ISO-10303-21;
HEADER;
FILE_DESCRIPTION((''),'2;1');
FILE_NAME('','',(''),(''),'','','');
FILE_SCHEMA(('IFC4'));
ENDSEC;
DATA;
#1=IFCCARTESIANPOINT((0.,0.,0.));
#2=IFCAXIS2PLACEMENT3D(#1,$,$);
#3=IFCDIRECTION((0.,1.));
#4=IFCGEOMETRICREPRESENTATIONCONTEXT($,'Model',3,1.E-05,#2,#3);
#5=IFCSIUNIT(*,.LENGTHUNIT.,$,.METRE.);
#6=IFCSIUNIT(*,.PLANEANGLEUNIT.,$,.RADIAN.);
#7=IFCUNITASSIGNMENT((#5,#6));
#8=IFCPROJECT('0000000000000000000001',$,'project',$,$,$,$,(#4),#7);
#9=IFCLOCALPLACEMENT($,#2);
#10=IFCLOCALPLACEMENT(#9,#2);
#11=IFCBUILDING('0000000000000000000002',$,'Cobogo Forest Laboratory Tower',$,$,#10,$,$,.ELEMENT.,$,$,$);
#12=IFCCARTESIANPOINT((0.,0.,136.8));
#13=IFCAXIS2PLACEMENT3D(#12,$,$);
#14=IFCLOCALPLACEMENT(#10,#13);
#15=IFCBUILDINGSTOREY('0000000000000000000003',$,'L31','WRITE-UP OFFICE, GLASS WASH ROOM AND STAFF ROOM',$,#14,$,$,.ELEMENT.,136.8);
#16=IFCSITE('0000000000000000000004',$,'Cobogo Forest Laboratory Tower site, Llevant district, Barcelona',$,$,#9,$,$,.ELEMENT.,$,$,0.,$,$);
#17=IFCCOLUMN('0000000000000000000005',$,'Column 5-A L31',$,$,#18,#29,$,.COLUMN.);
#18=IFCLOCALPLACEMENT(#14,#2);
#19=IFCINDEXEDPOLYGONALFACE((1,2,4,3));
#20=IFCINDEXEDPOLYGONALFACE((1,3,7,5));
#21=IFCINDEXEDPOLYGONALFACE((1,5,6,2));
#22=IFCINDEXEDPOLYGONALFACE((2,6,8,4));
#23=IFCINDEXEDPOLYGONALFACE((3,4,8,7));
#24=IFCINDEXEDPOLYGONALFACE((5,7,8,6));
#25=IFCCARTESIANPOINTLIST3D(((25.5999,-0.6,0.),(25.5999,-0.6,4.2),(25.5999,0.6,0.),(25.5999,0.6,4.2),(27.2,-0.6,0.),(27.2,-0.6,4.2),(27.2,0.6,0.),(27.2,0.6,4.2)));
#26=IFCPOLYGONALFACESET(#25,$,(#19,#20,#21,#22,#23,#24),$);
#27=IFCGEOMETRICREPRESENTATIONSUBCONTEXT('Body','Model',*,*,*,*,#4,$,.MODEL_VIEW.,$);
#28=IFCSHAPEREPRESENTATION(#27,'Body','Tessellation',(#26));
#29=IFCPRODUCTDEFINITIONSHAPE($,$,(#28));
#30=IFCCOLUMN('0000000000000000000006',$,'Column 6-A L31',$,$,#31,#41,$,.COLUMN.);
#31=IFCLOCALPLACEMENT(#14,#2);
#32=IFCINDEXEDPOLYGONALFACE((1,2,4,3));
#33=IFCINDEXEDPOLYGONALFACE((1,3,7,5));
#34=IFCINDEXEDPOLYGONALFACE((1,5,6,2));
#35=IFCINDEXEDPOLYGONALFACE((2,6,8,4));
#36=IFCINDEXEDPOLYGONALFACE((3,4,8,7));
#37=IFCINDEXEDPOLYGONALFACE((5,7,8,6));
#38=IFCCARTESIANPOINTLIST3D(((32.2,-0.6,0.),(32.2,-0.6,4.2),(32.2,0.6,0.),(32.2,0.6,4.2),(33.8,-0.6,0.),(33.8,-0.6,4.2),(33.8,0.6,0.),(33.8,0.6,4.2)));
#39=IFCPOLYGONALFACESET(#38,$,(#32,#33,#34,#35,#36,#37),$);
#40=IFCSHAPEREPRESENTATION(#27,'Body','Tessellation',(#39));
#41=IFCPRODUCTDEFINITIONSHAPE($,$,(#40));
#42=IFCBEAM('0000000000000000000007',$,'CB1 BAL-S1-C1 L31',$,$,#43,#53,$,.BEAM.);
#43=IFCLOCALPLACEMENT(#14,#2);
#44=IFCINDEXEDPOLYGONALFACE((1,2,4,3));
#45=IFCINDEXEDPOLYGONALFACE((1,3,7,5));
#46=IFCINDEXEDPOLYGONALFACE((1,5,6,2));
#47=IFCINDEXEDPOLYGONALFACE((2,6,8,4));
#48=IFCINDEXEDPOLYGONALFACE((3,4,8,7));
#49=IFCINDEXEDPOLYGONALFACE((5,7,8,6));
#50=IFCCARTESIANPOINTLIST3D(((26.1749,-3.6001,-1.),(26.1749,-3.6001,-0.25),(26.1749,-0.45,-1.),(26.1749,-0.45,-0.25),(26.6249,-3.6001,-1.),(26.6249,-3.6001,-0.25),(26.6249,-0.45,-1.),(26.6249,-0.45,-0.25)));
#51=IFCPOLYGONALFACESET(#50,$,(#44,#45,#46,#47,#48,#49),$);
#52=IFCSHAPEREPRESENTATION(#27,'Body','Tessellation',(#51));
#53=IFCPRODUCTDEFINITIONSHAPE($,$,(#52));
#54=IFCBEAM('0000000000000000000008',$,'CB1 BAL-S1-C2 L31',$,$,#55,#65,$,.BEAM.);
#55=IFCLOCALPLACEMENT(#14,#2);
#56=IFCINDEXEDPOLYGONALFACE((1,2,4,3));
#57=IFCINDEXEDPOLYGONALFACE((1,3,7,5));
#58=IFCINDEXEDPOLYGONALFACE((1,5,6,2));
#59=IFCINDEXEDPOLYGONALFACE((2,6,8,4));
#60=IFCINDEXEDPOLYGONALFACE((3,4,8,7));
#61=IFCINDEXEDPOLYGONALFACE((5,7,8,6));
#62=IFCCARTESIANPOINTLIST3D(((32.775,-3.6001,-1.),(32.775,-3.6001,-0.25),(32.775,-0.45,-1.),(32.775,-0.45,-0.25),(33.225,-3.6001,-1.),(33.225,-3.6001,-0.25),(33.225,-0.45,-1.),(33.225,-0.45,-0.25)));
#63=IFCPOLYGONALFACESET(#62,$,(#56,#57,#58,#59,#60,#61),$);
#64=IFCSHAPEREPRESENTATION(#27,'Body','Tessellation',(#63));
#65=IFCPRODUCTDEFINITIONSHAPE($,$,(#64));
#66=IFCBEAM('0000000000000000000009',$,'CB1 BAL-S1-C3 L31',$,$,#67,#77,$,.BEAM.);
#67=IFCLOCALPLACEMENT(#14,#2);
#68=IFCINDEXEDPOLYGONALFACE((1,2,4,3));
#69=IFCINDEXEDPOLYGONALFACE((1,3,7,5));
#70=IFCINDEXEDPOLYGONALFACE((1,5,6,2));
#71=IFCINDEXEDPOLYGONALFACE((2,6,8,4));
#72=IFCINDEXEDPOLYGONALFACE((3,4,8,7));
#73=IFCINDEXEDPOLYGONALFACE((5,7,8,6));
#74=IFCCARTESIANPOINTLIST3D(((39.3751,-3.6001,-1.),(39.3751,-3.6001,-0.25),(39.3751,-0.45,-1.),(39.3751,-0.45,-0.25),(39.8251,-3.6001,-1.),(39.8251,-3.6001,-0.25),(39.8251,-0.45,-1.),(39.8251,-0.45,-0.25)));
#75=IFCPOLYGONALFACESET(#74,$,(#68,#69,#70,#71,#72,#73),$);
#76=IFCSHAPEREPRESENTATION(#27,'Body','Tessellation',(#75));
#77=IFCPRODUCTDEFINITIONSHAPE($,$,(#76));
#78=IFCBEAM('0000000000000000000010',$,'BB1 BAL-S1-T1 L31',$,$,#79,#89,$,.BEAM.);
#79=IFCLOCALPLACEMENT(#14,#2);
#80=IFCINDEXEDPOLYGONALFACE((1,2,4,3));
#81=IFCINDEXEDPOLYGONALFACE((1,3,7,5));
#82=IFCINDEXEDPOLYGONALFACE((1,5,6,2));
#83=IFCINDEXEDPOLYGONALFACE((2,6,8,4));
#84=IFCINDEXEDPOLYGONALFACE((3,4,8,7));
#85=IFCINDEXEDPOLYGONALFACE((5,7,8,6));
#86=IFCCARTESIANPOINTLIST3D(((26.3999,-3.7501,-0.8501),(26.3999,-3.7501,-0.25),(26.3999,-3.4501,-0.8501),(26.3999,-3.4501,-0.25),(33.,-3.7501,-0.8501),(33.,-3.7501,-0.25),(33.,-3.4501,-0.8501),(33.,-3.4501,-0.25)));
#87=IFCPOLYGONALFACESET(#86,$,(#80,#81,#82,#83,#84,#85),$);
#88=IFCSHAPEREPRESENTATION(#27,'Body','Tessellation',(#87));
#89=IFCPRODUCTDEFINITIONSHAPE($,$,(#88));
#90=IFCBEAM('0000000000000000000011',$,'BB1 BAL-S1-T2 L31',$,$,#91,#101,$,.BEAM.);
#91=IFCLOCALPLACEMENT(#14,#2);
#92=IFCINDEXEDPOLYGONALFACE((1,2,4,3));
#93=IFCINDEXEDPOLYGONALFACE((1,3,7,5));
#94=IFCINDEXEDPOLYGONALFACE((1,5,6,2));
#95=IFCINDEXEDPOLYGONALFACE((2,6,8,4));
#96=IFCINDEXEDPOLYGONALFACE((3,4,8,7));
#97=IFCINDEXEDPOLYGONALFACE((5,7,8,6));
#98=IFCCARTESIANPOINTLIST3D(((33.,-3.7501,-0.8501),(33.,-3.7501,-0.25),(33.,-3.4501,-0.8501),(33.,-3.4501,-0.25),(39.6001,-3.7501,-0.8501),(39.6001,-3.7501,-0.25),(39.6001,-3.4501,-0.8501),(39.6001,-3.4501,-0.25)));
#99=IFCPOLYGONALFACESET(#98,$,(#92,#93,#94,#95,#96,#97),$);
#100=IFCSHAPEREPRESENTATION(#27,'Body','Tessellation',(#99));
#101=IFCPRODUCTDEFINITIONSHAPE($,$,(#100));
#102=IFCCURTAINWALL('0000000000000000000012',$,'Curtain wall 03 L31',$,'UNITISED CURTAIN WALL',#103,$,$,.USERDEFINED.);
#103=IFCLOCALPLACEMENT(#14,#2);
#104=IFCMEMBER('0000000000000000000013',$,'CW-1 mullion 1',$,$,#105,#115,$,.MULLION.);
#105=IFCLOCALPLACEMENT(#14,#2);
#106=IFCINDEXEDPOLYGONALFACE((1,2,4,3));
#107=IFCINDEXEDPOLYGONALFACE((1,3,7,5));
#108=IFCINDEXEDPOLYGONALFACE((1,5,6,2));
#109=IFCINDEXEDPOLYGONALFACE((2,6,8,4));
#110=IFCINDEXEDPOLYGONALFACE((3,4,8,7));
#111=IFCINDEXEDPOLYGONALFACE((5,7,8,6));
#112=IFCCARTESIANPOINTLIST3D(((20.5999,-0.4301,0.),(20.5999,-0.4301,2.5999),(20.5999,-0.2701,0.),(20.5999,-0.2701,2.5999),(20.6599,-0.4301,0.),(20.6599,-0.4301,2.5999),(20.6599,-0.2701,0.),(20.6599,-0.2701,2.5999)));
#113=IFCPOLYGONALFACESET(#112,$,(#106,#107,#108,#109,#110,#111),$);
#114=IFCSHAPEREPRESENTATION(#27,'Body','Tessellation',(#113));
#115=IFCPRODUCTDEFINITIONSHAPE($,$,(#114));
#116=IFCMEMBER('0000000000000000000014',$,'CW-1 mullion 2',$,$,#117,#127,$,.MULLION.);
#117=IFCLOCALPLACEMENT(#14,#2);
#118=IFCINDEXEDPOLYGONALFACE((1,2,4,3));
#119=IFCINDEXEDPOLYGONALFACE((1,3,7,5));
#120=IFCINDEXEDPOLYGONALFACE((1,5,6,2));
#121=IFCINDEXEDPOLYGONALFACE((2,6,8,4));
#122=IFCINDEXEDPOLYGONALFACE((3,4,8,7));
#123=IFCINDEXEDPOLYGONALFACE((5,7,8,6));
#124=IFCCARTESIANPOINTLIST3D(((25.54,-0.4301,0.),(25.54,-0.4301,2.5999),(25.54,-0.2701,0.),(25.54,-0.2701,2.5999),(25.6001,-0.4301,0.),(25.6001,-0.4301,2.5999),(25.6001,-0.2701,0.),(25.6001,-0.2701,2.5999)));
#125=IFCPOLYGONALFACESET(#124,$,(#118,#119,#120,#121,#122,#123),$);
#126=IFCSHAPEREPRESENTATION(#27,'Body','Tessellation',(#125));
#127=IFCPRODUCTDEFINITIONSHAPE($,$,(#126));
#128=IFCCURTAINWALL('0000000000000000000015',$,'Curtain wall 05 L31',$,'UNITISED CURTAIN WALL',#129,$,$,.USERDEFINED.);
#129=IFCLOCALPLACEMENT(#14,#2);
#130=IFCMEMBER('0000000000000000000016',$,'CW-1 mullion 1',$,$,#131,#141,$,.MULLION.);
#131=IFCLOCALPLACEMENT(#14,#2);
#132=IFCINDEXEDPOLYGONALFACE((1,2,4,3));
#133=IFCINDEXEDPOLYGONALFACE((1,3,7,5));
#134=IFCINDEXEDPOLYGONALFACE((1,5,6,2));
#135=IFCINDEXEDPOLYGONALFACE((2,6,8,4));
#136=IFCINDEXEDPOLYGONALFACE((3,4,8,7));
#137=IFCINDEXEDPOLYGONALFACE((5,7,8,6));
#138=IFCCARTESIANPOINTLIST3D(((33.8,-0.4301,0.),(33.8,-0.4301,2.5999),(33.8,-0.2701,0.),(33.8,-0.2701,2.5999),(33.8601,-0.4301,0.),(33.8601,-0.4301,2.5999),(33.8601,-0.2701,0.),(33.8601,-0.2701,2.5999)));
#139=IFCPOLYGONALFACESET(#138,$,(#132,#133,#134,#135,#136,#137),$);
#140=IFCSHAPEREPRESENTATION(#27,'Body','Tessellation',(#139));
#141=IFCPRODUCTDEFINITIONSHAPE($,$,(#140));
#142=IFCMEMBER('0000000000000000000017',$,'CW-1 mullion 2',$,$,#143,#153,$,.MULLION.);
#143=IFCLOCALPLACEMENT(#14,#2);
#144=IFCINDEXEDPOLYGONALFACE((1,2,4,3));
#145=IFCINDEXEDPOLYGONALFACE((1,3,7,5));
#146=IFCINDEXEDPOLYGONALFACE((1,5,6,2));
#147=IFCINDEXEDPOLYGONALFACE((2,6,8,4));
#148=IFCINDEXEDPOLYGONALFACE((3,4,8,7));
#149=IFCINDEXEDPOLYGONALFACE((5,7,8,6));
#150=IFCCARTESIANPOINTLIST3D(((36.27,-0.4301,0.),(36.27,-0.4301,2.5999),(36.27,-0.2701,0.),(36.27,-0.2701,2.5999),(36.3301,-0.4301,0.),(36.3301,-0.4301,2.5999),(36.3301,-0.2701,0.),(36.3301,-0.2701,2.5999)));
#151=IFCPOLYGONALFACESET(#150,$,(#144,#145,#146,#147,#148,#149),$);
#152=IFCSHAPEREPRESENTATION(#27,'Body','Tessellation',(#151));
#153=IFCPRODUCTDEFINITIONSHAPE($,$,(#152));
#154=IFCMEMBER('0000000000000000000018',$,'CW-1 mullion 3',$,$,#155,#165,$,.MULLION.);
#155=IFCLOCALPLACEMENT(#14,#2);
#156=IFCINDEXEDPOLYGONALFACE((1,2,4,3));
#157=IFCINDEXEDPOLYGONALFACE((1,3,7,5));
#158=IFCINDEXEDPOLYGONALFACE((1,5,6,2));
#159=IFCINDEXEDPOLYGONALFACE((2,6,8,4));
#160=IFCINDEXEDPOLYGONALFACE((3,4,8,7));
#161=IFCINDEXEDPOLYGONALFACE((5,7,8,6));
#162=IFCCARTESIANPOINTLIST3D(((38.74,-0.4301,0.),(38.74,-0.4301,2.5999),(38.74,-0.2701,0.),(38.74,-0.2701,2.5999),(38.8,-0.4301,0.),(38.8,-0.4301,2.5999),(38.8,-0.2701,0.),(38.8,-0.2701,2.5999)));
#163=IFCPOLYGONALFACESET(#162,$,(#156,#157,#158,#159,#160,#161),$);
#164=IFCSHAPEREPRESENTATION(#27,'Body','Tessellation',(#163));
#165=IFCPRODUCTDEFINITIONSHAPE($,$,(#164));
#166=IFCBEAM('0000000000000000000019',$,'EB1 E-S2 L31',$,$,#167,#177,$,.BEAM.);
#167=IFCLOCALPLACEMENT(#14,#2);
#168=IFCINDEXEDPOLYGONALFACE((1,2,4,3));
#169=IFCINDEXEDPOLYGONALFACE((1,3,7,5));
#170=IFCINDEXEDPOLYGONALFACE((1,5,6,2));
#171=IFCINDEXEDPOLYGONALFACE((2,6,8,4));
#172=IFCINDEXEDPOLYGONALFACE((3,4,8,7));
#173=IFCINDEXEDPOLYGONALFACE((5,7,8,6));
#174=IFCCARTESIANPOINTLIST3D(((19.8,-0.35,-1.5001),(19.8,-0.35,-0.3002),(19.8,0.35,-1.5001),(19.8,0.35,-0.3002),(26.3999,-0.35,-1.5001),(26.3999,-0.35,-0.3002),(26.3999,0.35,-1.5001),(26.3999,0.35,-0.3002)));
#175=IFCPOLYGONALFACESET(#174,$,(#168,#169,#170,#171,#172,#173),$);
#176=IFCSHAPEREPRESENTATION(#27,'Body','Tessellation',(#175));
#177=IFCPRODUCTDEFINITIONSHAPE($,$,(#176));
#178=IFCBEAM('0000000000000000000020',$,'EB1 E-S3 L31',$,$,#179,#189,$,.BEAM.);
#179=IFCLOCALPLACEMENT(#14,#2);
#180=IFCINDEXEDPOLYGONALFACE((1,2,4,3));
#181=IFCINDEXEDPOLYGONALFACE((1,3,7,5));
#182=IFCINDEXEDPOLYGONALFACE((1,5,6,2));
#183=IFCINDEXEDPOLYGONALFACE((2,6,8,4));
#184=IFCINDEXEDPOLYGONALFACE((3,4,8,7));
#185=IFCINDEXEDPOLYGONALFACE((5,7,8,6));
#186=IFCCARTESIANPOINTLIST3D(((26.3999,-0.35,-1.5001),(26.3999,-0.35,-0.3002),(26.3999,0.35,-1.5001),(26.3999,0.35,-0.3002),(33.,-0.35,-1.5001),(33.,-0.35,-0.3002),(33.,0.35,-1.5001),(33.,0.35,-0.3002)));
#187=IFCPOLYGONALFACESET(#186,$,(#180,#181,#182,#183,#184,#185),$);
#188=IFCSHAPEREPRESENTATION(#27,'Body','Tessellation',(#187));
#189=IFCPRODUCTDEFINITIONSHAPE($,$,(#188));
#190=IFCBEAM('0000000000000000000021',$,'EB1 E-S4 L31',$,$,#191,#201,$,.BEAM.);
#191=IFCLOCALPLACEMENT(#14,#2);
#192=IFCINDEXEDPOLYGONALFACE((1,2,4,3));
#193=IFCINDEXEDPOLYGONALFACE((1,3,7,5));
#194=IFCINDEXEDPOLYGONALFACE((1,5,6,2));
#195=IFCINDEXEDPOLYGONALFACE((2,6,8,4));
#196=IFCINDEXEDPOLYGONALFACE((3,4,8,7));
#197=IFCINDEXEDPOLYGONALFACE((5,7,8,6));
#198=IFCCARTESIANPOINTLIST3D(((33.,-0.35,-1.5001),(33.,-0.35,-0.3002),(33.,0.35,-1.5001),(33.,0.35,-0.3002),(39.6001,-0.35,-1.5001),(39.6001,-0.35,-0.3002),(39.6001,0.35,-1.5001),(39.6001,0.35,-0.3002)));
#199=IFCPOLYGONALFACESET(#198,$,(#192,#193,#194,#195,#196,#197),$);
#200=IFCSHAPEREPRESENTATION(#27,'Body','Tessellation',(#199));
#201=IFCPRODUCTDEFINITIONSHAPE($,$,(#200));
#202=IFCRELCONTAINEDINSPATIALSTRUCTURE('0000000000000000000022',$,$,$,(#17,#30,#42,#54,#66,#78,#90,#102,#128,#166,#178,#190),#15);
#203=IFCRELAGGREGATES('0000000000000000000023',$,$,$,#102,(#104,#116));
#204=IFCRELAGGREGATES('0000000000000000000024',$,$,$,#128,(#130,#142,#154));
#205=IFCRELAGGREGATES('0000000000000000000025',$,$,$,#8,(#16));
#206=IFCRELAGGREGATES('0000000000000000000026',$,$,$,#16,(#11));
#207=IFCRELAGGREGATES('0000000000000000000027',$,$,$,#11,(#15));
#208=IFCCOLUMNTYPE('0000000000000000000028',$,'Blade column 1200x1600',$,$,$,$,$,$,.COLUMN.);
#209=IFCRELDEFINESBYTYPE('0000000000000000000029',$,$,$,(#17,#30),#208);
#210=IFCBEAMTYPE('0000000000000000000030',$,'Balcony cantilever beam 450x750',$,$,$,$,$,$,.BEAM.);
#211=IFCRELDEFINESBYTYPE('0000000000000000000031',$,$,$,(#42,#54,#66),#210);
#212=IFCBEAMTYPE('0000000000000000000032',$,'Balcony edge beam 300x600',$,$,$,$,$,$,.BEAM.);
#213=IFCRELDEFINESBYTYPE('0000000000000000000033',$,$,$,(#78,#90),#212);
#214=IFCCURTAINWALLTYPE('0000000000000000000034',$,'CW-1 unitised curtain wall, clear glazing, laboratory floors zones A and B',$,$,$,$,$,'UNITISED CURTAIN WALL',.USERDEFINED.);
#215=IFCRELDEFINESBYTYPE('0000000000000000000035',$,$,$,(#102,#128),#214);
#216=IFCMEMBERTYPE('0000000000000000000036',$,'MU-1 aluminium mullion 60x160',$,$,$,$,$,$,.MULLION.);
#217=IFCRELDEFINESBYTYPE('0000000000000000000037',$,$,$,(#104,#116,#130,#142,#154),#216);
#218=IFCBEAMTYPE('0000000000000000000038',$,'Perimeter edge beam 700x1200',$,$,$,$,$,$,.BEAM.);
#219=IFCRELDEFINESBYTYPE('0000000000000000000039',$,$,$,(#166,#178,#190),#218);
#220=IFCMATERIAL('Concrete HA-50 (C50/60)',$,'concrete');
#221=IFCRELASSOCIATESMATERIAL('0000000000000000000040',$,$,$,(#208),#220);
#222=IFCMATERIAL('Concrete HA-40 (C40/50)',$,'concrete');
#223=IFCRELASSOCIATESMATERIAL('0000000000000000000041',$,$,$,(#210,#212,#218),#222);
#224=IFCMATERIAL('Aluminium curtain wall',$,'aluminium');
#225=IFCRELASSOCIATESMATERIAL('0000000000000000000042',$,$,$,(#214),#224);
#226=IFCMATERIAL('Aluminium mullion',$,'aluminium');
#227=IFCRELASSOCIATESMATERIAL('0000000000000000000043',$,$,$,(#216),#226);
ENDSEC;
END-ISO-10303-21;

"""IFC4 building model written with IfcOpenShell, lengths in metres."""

from ifc_helpers import new_model, si_unit, direction, frame, origin, origin_2d, place, context, subcontext, project, spatial, rectangle, extrude, material, material_profile, profile_set, type_object, element, aggregate, save


model = new_model("IFC4")

# Units and contexts
model_context = context("Model", 3, precision=1e-05, world=origin(), true_north=direction((0.0, 1.0)))
body_context = subcontext(model_context, "Body", "Model", "MODEL_VIEW")
ifc_project = project(units=[si_unit("LENGTHUNIT", "METRE"), si_unit("PLANEANGLEUNIT", "RADIAN")], contexts=[model_context])

# Site, building, storey
site_placement = place(None, origin())
site = spatial("IfcSite", under=ifc_project, at=site_placement, Name="Cobogo Forest Laboratory Tower site, Llevant district, Barcelona", CompositionType="ELEMENT", RefElevation=0.0)
building_placement = place(site_placement, origin())
building = spatial("IfcBuilding", under=site, at=building_placement, Name="Cobogo Forest Laboratory Tower", CompositionType="ELEMENT")
storey_placement = place(building_placement, frame((0.0, 0.0, 136.8)))
storey = spatial("IfcBuildingStorey", under=building, at=storey_placement, Name="L31", Description="WRITE-UP OFFICE, GLASS WASH ROOM AND STAFF ROOM", CompositionType="ELEMENT", Elevation=136.8)

# Columns
ifc_material_1 = material(Name="Concrete HA-50 (C50/60)", Category="concrete")
ifc_material_profile_1 = material_profile(ifc_material_1, rectangle(XDim=1.6001, YDim=1.2, at=origin_2d()), Name="RC 1200x1600")
ifc_profile_set_1 = profile_set([ifc_material_profile_1], Name="Concrete HA-50 (C50/60)")
column_type = type_object("IfcColumnType", Name="Blade column 1200x1600", PredefinedType="COLUMN", material=ifc_profile_set_1)
for number, where, z_axis, x_axis, name in (
    (1, (26.3999, 0.0, 0.0), (0.0, 0.0, 1.0), (1.0, 0.0, 0.0), "Column 5-A L31"),
    (2, (33.0, 0.0, 0.0), (0.0, 0.0, 1.0), (1.0, 0.0, 0.0), "Column 6-A L31"),
):
    element("IfcColumn", number, at=place(storey_placement, frame(where, z_axis=z_axis, x_axis=x_axis)), inside=storey, type_object=column_type, Name=name, PredefinedType="COLUMN", context=body_context, shape_type="SweptSolid", body=[
        extrude(rectangle(XDim=1.6001, YDim=1.2, at=origin_2d()), origin(), (0.0, 0.0, 1.0), 4.2),
    ])

# Beams
ifc_material_2 = material(Name="Concrete HA-40 (C40/50)", Category="concrete")
ifc_material_profile_2 = material_profile(ifc_material_2, rectangle(XDim=0.45, YDim=0.75, at=origin_2d()), Name="RC 450x750")
ifc_profile_set_2 = profile_set([ifc_material_profile_2], Name="Concrete HA-40 (C40/50)")
beam_type_1 = type_object("IfcBeamType", Name="Balcony cantilever beam 450x750", PredefinedType="BEAM", material=ifc_profile_set_2)
for number, where, z_axis, x_axis, name in (
    (3, (26.3999, -0.45, -0.625), (0.0, -1.0, 0.0), (1.0, 0.0, 0.0), "CB1 BAL-S1-C1 L31"),
    (4, (33.0, -0.45, -0.625), (0.0, -1.0, 0.0), (1.0, 0.0, 0.0), "CB1 BAL-S1-C2 L31"),
    (5, (39.6001, -0.45, -0.625), (0.0, -1.0, 0.0), (1.0, 0.0, 0.0), "CB1 BAL-S1-C3 L31"),
):
    element("IfcBeam", number, at=place(storey_placement, frame(where, z_axis=z_axis, x_axis=x_axis)), inside=storey, type_object=beam_type_1, Name=name, PredefinedType="BEAM", context=body_context, shape_type="SweptSolid", body=[
        extrude(rectangle(XDim=0.45, YDim=0.75, at=origin_2d()), origin(), (0.0, 0.0, 1.0), 3.1501),
    ])
ifc_material_profile_3 = material_profile(ifc_material_2, rectangle(XDim=0.3, YDim=0.6001, at=origin_2d()), Name="RC 300x600")
ifc_profile_set_3 = profile_set([ifc_material_profile_3], Name="Concrete HA-40 (C40/50)")
beam_type_2 = type_object("IfcBeamType", Name="Balcony edge beam 300x600", PredefinedType="BEAM", material=ifc_profile_set_3)
for number, where, z_axis, x_axis, name in (
    (6, (26.3999, -3.6001, -0.55), (1.0, 0.0, 0.0), (0.0, 1.0, 0.0), "BB1 BAL-S1-T1 L31"),
    (7, (33.0, -3.6001, -0.55), (1.0, 0.0, 0.0), (0.0, 1.0, 0.0), "BB1 BAL-S1-T2 L31"),
):
    element("IfcBeam", number, at=place(storey_placement, frame(where, z_axis=z_axis, x_axis=x_axis)), inside=storey, type_object=beam_type_2, Name=name, PredefinedType="BEAM", context=body_context, shape_type="SweptSolid", body=[
        extrude(rectangle(XDim=0.3, YDim=0.6001, at=origin_2d()), origin(), (0.0, 0.0, 1.0), 6.6001),
    ])

# Curtain walls, members
ifc_material_3 = material(Name="Aluminium curtain wall", Category="aluminium")
curtain_wall_type = type_object("IfcCurtainWallType", Name="CW-1 unitised curtain wall, clear glazing, laboratory floors zones A and B", ElementType="UNITISED CURTAIN WALL", PredefinedType="USERDEFINED", material=ifc_material_3)
curtain_wall_1_placement = place(storey_placement, origin())
curtain_wall_1 = element("IfcCurtainWall", 8, at=curtain_wall_1_placement, inside=storey, type_object=curtain_wall_type, Name="Curtain wall 03 L31", ObjectType="UNITISED CURTAIN WALL", PredefinedType="USERDEFINED")
ifc_material_4 = material(Name="Aluminium mullion", Category="aluminium")
ifc_material_profile_4 = material_profile(ifc_material_4, rectangle(XDim=0.0601, YDim=0.1599, at=origin_2d()), Name="AL 60x160")
ifc_profile_set_4 = profile_set([ifc_material_profile_4], Name="Aluminium mullion")
member_type_1 = type_object("IfcMemberType", Name="MU-1 aluminium mullion 60x160", PredefinedType="MULLION", material=ifc_profile_set_4)
member_1_placement = place(storey_placement, frame((20.6299, -0.3501, 0.0), z_axis=(0.0, 0.0, 1.0), x_axis=(1.0, 0.0, 0.0)))
member_1 = element("IfcMember", 9, at=member_1_placement, type_object=member_type_1, Name="CW-1 mullion 1", PredefinedType="MULLION", context=body_context, shape_type="SweptSolid", body=[
    extrude(rectangle(XDim=0.0601, YDim=0.1599, at=origin_2d()), origin(), (0.0, 0.0, 1.0), 2.5999),
])
member_2_placement = place(storey_placement, frame((25.5701, -0.3501, 0.0), z_axis=(0.0, 0.0, 1.0), x_axis=(1.0, 0.0, 0.0)))
member_2 = element("IfcMember", 10, at=member_2_placement, type_object=member_type_1, Name="CW-1 mullion 2", PredefinedType="MULLION", context=body_context, shape_type="SweptSolid", body=[
    extrude(rectangle(XDim=0.0601, YDim=0.1599, at=origin_2d()), origin(), (0.0, 0.0, 1.0), 2.5999),
])
curtain_wall_2_placement = place(storey_placement, origin())
curtain_wall_2 = element("IfcCurtainWall", 11, at=curtain_wall_2_placement, inside=storey, type_object=curtain_wall_type, Name="Curtain wall 05 L31", ObjectType="UNITISED CURTAIN WALL", PredefinedType="USERDEFINED")
member_3_placement = place(storey_placement, frame((33.8301, -0.3501, 0.0), z_axis=(0.0, 0.0, 1.0), x_axis=(1.0, 0.0, 0.0)))
member_3 = element("IfcMember", 12, at=member_3_placement, type_object=member_type_1, Name="CW-1 mullion 1", PredefinedType="MULLION", context=body_context, shape_type="SweptSolid", body=[
    extrude(rectangle(XDim=0.0601, YDim=0.1599, at=origin_2d()), origin(), (0.0, 0.0, 1.0), 2.5999),
])
member_4_placement = place(storey_placement, frame((36.3, -0.3501, 0.0), z_axis=(0.0, 0.0, 1.0), x_axis=(1.0, 0.0, 0.0)))
member_4 = element("IfcMember", 13, at=member_4_placement, type_object=member_type_1, Name="CW-1 mullion 2", PredefinedType="MULLION", context=body_context, shape_type="SweptSolid", body=[
    extrude(rectangle(XDim=0.0601, YDim=0.1599, at=origin_2d()), origin(), (0.0, 0.0, 1.0), 2.5999),
])
member_5_placement = place(storey_placement, frame((38.77, -0.3501, 0.0), z_axis=(0.0, 0.0, 1.0), x_axis=(1.0, 0.0, 0.0)))
member_5 = element("IfcMember", 14, at=member_5_placement, type_object=member_type_1, Name="CW-1 mullion 3", PredefinedType="MULLION", context=body_context, shape_type="SweptSolid", body=[
    extrude(rectangle(XDim=0.0601, YDim=0.1599, at=origin_2d()), origin(), (0.0, 0.0, 1.0), 2.5999),
])

# Beams
ifc_material_profile_5 = material_profile(ifc_material_2, rectangle(XDim=0.7, YDim=1.2, at=origin_2d()), Name="RC 700x1200")
ifc_profile_set_5 = profile_set([ifc_material_profile_5], Name="Concrete HA-40 (C40/50)")
beam_type_3 = type_object("IfcBeamType", Name="Perimeter edge beam 700x1200", PredefinedType="BEAM", material=ifc_profile_set_5)
beam_placement = place(storey_placement, frame((19.8, 0.0, -0.9001), z_axis=(1.0, 0.0, 0.0), x_axis=(0.0, 1.0, 0.0)))
element("IfcBeam", 15, at=beam_placement, inside=storey, type_object=beam_type_3, Name="EB1 E-S2 L31", PredefinedType="BEAM", context=body_context, shape_type="SweptSolid", body=[
    extrude(rectangle(XDim=0.7, YDim=1.2, at=origin_2d()), origin(), (0.0, 0.0, 1.0), 6.5999),
])
for number, where, z_axis, x_axis, name in (
    (16, (26.3999, 0.0, -0.9001), (1.0, 0.0, 0.0), (0.0, 1.0, 0.0), "EB1 E-S3 L31"),
    (17, (33.0, 0.0, -0.9001), (1.0, 0.0, 0.0), (0.0, 1.0, 0.0), "EB1 E-S4 L31"),
):
    element("IfcBeam", number, at=place(storey_placement, frame(where, z_axis=z_axis, x_axis=x_axis)), inside=storey, type_object=beam_type_3, Name=name, PredefinedType="BEAM", context=body_context, shape_type="SweptSolid", body=[
        extrude(rectangle(XDim=0.7, YDim=1.2, at=origin_2d()), origin(), (0.0, 0.0, 1.0), 6.6001),
    ])

aggregate(curtain_wall_1, [member_1, member_2])
aggregate(curtain_wall_2, [member_3, member_4, member_5])

save(model, "model.ifc")
